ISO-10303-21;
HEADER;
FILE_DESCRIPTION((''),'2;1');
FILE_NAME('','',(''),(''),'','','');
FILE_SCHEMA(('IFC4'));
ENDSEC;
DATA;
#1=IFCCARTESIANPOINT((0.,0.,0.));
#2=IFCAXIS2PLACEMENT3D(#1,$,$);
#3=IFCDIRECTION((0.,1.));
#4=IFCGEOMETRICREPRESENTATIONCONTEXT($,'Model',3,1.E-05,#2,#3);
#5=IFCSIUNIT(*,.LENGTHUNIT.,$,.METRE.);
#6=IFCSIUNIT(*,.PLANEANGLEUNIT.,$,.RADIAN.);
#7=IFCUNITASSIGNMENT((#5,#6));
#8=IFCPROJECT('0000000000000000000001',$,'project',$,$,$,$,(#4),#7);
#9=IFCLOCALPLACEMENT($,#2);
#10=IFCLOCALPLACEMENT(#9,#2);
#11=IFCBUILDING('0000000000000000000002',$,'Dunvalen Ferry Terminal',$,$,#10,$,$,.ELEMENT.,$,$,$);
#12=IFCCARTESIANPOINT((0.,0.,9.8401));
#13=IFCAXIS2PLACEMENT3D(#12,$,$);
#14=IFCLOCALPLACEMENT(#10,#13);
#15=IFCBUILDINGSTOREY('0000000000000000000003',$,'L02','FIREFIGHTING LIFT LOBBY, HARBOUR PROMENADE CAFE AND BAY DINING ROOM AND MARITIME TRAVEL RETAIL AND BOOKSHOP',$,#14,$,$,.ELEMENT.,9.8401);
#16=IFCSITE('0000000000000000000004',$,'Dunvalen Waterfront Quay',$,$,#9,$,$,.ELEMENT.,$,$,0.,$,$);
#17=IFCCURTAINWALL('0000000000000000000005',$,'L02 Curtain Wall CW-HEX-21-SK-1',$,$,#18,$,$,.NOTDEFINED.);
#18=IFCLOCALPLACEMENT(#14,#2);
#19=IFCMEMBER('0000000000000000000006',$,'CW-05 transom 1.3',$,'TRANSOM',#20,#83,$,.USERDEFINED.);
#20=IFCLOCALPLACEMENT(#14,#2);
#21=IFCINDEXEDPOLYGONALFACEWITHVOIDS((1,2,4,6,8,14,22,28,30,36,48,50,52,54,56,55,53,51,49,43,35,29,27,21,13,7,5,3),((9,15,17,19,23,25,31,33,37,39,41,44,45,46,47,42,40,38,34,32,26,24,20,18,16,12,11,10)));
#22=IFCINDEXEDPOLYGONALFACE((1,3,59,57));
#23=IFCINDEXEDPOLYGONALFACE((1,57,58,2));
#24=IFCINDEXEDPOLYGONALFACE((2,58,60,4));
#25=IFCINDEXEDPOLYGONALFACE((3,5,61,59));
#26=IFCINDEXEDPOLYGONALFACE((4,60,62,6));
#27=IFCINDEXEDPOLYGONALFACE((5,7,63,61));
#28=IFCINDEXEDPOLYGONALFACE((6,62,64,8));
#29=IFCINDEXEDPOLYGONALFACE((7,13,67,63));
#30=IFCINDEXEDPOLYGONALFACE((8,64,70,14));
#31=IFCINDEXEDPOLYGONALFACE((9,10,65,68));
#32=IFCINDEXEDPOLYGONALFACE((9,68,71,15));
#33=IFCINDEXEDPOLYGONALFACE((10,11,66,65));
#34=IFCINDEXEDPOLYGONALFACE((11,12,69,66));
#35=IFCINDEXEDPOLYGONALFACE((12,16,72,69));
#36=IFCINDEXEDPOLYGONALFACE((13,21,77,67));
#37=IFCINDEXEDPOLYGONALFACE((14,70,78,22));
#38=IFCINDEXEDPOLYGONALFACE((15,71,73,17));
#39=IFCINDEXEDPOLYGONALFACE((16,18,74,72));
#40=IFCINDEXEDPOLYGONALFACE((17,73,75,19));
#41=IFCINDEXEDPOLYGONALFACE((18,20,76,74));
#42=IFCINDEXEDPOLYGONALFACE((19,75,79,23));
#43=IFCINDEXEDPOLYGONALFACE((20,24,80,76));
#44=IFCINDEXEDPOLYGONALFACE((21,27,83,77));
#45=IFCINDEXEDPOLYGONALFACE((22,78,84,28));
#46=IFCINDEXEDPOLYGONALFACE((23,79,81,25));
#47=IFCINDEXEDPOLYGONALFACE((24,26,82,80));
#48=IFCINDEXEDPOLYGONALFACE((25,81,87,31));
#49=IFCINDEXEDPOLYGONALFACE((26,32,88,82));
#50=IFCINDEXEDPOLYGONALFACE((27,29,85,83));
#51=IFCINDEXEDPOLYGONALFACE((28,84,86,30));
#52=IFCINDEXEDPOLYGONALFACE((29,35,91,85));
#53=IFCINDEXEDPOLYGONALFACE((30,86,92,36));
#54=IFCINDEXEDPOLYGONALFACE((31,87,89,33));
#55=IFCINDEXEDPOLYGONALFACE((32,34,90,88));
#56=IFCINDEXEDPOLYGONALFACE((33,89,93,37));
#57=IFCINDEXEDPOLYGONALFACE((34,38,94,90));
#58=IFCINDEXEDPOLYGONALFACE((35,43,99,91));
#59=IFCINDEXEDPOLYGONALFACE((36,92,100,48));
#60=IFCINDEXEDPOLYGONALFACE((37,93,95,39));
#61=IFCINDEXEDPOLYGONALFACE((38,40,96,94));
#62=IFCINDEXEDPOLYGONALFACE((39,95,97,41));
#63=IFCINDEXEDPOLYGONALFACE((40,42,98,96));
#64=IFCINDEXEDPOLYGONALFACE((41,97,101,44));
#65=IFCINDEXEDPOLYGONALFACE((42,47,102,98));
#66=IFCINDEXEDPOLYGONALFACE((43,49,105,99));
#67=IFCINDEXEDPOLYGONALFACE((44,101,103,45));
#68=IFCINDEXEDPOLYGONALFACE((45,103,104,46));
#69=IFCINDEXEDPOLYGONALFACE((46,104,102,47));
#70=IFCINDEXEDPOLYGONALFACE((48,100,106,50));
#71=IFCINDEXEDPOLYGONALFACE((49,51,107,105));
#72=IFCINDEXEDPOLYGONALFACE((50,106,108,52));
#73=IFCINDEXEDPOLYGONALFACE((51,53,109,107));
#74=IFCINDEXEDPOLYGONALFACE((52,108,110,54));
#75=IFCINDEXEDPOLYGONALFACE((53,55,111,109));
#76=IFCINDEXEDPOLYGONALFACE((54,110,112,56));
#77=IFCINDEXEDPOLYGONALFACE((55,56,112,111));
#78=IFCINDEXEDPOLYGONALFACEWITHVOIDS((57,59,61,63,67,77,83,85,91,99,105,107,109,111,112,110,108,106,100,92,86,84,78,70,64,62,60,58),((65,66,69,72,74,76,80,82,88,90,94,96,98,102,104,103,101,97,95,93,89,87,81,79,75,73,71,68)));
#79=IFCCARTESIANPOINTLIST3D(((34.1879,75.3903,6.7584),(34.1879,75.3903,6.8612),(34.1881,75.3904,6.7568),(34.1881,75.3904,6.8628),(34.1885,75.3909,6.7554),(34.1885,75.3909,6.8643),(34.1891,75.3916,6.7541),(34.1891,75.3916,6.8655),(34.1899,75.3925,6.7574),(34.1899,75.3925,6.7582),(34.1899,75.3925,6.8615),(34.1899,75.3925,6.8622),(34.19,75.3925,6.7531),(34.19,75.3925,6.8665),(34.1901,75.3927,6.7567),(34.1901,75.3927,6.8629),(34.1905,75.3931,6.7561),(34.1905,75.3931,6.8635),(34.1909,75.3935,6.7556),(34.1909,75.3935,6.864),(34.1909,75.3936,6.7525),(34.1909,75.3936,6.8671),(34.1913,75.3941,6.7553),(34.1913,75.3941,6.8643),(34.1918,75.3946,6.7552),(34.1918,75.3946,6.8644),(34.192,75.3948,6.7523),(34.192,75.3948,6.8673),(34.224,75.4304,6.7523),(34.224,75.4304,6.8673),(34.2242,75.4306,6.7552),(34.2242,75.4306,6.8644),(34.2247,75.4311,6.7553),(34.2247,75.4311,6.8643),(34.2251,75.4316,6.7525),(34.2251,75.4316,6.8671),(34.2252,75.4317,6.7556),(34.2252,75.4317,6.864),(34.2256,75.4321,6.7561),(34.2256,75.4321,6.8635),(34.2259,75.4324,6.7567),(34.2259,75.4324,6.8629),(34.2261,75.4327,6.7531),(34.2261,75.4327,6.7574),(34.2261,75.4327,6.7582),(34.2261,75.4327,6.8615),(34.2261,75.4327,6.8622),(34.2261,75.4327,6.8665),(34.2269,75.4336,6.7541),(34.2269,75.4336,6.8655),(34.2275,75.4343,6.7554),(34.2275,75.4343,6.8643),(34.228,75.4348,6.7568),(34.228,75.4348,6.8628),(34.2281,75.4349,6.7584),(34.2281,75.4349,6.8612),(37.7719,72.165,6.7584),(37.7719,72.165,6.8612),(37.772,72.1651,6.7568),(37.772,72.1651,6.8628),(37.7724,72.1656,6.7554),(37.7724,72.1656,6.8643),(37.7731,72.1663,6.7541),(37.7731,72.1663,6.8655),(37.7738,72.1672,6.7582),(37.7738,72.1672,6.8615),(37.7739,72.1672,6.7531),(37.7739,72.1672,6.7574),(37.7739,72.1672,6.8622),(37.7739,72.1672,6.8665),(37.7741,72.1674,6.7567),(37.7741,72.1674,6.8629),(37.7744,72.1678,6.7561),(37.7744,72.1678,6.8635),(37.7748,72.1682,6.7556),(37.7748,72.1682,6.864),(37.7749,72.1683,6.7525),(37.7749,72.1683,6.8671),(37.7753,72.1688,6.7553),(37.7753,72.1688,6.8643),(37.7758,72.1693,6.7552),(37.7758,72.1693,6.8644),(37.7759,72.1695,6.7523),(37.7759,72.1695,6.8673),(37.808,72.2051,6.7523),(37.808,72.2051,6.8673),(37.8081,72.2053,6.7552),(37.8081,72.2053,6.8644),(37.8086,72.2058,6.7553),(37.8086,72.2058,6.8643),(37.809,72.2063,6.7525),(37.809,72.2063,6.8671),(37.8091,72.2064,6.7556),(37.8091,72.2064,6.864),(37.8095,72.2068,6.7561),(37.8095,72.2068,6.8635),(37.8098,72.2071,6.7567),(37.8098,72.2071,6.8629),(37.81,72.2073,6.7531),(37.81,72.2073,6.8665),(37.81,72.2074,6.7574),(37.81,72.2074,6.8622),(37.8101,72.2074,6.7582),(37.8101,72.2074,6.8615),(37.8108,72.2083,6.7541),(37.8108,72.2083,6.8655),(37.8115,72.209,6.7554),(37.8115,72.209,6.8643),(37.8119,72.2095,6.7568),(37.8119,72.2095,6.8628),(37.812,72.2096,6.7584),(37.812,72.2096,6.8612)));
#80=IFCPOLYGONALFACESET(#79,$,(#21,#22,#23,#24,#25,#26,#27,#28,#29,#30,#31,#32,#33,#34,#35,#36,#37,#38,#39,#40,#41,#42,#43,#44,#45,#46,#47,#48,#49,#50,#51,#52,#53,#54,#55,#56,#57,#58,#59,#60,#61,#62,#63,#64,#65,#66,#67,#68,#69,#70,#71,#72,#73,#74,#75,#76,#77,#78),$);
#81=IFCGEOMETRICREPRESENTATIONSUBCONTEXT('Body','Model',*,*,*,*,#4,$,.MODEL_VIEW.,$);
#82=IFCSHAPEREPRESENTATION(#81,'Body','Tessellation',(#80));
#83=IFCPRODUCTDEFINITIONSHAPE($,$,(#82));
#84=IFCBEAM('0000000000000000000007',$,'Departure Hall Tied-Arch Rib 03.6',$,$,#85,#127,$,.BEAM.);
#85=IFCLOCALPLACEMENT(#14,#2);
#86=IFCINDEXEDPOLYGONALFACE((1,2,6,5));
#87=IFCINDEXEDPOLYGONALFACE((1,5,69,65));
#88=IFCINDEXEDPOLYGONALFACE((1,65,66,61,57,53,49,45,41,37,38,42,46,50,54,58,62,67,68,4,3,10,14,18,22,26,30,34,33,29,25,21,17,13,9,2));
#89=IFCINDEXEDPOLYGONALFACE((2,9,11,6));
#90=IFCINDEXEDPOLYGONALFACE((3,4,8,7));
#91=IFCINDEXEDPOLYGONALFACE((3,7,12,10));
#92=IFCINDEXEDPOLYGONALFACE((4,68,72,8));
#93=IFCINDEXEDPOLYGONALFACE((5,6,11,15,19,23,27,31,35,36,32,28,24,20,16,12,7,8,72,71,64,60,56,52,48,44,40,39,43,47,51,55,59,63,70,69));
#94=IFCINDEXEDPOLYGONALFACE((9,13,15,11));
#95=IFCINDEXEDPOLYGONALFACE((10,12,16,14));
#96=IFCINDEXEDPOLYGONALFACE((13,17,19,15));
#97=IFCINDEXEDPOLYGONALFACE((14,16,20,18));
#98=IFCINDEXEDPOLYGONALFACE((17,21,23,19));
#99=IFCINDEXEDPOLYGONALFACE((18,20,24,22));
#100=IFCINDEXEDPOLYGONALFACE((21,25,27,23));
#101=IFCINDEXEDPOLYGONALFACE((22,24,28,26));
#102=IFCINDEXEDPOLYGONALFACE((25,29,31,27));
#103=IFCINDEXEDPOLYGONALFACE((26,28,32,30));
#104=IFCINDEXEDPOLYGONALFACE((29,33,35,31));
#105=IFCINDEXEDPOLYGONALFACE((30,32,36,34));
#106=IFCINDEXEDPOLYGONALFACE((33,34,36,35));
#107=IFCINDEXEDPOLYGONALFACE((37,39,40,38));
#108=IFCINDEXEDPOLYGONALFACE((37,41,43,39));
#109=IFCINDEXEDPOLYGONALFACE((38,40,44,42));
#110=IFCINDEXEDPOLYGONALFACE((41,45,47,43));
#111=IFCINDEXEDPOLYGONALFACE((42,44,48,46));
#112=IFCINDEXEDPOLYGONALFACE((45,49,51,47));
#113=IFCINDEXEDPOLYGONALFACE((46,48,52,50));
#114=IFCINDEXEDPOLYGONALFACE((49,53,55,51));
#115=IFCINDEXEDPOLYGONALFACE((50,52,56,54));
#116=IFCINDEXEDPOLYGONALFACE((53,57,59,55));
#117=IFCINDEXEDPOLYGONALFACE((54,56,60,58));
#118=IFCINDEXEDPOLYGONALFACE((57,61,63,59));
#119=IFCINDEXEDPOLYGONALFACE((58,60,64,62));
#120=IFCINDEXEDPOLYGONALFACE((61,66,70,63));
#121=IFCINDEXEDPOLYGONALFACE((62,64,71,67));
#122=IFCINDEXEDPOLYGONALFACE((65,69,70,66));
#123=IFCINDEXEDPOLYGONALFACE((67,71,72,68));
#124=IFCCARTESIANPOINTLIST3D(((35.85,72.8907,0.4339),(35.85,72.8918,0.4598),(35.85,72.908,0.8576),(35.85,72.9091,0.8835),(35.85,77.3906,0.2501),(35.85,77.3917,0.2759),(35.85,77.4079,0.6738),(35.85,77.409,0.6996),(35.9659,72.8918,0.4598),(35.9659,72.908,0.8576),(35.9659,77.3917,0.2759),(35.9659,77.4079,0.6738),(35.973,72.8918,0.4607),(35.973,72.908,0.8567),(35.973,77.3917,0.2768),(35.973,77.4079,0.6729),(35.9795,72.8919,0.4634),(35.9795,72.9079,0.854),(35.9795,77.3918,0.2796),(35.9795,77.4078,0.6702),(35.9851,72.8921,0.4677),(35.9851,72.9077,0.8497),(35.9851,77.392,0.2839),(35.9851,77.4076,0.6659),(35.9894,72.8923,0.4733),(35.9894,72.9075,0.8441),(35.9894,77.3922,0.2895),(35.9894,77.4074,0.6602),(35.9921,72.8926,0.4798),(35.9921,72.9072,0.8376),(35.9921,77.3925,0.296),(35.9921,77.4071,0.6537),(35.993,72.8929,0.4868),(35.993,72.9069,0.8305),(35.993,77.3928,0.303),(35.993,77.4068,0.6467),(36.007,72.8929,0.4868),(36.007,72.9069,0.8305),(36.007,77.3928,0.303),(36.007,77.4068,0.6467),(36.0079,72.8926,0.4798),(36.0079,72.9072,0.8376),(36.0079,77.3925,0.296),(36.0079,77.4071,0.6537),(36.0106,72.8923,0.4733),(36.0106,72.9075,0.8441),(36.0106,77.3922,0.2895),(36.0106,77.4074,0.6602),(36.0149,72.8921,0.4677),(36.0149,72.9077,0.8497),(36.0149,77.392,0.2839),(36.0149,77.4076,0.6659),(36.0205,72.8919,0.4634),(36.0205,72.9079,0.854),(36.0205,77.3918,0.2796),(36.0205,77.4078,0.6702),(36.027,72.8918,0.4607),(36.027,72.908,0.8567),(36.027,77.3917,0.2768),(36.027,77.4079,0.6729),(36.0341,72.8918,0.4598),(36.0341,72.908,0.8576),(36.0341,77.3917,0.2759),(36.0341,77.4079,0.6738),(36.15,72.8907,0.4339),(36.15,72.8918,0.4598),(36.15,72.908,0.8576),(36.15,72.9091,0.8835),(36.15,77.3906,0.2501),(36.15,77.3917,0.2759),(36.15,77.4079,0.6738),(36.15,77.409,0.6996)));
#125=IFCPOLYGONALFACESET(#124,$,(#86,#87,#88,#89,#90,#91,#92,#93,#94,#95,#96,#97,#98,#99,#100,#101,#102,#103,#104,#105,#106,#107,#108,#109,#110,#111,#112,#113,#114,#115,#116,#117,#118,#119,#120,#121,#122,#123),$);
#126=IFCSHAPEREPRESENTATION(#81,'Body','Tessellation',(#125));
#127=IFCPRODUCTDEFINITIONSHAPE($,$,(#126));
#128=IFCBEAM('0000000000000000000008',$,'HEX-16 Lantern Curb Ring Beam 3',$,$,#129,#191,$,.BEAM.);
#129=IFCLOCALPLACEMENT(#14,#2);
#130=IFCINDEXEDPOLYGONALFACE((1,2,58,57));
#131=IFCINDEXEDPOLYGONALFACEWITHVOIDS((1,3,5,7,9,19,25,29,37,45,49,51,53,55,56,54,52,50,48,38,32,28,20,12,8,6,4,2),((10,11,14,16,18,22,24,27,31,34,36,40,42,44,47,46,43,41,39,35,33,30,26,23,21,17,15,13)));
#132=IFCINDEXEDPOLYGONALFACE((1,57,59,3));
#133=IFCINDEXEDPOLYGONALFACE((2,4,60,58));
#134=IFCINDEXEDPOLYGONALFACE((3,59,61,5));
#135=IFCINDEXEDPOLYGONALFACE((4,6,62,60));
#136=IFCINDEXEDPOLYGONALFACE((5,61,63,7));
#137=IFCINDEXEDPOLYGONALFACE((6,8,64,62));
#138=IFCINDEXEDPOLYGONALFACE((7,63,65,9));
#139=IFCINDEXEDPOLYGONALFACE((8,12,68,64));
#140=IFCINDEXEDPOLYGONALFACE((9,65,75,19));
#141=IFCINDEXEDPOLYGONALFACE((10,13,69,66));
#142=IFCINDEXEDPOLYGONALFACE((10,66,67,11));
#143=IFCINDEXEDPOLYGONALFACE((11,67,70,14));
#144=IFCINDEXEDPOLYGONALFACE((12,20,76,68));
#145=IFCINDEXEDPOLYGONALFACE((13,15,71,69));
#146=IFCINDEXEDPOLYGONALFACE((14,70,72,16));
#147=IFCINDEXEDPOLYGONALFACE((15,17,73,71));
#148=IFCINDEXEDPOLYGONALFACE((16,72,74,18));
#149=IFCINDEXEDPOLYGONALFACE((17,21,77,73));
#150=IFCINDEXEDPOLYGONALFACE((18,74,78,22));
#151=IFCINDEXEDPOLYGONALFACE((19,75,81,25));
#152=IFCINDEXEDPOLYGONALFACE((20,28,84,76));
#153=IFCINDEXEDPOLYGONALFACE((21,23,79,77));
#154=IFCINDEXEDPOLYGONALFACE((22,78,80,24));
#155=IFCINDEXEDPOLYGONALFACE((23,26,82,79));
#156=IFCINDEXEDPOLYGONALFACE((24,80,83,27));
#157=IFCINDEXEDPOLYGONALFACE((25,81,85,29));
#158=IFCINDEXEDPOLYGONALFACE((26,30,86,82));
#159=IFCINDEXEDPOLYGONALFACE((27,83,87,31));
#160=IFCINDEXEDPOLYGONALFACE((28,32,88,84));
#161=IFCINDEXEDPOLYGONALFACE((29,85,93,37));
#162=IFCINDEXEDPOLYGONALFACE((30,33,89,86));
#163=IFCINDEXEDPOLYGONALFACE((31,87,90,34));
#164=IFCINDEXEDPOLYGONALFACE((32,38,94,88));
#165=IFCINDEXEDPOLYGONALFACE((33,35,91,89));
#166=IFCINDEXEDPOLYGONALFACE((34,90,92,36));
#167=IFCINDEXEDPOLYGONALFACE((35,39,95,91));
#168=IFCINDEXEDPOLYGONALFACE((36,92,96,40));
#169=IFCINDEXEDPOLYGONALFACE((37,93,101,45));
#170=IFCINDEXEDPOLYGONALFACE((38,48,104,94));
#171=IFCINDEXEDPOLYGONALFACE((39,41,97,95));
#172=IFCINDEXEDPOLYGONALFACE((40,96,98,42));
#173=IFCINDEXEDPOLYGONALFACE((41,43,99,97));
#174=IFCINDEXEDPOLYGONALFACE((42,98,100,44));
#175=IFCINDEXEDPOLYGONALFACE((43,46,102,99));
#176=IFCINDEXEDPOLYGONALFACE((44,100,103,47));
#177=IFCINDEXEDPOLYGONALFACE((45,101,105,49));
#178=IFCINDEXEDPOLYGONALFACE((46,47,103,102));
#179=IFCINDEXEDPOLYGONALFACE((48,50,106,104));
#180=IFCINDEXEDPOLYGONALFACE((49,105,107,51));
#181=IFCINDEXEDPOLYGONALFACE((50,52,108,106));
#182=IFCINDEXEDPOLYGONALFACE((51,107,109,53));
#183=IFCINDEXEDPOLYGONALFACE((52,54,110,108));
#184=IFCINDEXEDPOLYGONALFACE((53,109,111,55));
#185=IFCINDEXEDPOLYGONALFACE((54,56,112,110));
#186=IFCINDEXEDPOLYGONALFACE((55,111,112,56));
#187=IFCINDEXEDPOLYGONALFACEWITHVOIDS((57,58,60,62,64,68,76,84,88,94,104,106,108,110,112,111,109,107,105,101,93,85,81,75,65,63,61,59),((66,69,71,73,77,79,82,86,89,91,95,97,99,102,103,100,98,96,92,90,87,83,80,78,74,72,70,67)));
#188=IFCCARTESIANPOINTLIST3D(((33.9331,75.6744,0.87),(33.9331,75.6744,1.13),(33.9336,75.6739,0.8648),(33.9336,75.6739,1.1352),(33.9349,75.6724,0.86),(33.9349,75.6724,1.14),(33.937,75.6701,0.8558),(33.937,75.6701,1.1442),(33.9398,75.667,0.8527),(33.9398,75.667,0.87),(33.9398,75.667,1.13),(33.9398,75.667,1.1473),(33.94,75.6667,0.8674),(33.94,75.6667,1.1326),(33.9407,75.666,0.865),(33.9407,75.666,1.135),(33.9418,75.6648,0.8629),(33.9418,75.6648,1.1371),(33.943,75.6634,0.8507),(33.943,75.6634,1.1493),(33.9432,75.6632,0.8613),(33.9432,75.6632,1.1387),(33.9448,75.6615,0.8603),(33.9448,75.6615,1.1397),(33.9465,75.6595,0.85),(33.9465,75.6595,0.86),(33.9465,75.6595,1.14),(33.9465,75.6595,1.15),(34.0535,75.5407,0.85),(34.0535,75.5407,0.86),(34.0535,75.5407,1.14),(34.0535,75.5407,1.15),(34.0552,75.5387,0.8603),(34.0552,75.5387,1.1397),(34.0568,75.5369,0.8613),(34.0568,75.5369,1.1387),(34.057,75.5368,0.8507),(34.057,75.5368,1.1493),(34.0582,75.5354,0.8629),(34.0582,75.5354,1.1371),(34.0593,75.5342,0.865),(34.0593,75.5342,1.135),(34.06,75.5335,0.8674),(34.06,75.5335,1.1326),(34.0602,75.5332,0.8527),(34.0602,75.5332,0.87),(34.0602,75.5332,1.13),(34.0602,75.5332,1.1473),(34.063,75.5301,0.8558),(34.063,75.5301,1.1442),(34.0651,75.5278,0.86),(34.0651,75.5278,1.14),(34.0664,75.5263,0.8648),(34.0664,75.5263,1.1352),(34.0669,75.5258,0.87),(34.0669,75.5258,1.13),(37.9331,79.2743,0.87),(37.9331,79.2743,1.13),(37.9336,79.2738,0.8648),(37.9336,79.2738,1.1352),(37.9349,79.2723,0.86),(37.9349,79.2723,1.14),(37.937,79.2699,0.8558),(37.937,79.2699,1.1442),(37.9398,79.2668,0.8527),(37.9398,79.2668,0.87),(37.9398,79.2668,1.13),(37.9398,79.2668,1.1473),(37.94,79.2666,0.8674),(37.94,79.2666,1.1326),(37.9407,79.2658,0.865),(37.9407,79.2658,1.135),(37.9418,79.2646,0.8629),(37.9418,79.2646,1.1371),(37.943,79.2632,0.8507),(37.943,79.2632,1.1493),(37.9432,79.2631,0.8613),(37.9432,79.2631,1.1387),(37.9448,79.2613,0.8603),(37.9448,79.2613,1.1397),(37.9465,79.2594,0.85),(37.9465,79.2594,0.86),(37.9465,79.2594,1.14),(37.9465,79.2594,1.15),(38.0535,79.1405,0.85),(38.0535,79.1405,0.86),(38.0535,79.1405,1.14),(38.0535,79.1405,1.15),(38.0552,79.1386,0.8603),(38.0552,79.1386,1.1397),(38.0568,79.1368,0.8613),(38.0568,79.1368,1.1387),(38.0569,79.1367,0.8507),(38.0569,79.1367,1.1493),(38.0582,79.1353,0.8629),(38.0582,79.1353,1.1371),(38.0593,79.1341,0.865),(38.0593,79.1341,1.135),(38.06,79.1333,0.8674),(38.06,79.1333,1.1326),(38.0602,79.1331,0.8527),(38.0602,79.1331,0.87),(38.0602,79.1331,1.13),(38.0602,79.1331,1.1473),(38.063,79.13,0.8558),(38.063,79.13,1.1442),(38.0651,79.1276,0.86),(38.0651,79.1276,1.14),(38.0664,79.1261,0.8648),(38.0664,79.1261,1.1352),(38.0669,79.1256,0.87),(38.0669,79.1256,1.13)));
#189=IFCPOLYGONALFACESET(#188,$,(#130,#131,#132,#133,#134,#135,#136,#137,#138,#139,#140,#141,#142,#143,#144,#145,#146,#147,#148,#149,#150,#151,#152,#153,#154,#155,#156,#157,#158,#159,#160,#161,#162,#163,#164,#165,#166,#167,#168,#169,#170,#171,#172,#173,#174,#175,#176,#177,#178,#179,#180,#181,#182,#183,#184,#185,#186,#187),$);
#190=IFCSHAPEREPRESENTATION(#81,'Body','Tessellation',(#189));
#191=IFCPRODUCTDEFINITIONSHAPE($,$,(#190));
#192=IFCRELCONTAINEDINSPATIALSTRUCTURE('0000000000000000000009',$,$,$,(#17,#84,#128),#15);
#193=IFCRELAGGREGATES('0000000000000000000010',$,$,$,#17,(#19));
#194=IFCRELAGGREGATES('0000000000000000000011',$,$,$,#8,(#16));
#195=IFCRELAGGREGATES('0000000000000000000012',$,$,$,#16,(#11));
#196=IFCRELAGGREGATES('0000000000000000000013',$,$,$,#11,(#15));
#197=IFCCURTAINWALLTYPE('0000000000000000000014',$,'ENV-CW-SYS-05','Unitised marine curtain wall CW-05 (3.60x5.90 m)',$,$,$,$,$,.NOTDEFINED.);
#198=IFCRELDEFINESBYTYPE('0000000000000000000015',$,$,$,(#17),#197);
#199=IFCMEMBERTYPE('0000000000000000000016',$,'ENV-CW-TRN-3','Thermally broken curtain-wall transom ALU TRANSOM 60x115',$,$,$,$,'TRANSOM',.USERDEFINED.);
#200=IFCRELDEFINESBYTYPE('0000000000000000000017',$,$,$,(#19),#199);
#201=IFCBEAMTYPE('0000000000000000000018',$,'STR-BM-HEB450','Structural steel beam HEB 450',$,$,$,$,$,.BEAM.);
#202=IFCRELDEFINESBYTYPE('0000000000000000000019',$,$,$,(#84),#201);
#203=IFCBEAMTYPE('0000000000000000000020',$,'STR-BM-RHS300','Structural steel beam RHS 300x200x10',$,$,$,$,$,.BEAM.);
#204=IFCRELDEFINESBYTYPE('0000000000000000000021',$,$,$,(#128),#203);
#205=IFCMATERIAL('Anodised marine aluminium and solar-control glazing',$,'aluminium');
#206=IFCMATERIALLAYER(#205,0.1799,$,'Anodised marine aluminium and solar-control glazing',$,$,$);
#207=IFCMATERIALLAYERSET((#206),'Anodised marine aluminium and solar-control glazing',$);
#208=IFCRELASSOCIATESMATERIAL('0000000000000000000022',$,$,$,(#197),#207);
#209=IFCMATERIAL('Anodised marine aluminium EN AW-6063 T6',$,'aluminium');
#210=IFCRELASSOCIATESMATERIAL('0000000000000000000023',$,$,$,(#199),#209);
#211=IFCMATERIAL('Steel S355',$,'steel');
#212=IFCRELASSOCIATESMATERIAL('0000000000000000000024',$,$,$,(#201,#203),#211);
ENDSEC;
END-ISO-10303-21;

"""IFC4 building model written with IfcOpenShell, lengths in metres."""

from ifc_helpers import new_model, si_unit, direction, frame, origin, origin_2d, place, context, subcontext, project, spatial, hollow_rectangle, i_section, extrude, material, layer, layer_set, material_profile, profile_set, type_object, element, aggregate, save


model = new_model("IFC4")

# Units and contexts
model_context = context("Model", 3, precision=1e-05, world=origin(), true_north=direction((0.0, 1.0)))
body_context = subcontext(model_context, "Body", "Model", "MODEL_VIEW")
ifc_project = project(units=[si_unit("LENGTHUNIT", "METRE"), si_unit("PLANEANGLEUNIT", "RADIAN")], contexts=[model_context])

# Site, building, storey
site_placement = place(None, origin())
site = spatial("IfcSite", under=ifc_project, at=site_placement, Name="Dunvalen Waterfront Quay", CompositionType="ELEMENT", RefElevation=0.0)
building_placement = place(site_placement, origin())
building = spatial("IfcBuilding", under=site, at=building_placement, Name="Dunvalen Ferry Terminal", CompositionType="ELEMENT")
storey_placement = place(building_placement, frame((0.0, 0.0, 9.8401)))
storey = spatial("IfcBuildingStorey", under=building, at=storey_placement, Name="L02", Description="FIREFIGHTING LIFT LOBBY, HARBOUR PROMENADE CAFE AND BAY DINING ROOM AND MARITIME TRAVEL RETAIL AND BOOKSHOP", CompositionType="ELEMENT", Elevation=9.8401)

# Curtain wall, member
ifc_material_1 = material(Name="Anodised marine aluminium and solar-control glazing", Category="aluminium")
ifc_layer_1 = layer(ifc_material_1, 0.1799, Name="Anodised marine aluminium and solar-control glazing")
ifc_layer_set_1 = layer_set([ifc_layer_1], Name="Anodised marine aluminium and solar-control glazing")
curtain_wall_type = type_object("IfcCurtainWallType", Name="ENV-CW-SYS-05", Description="Unitised marine curtain wall CW-05 (3.60x5.90 m)", PredefinedType="NOTDEFINED", material=ifc_layer_set_1)
curtain_wall_placement = place(storey_placement, origin())
curtain_wall = element("IfcCurtainWall", 1, at=curtain_wall_placement, inside=storey, type_object=curtain_wall_type, Name="L02 Curtain Wall CW-HEX-21-SK-1", PredefinedType="NOTDEFINED")
ifc_material_2 = material(Name="Anodised marine aluminium EN AW-6063 T6", Category="aluminium")
ifc_material_profile_1 = material_profile(ifc_material_2, hollow_rectangle(XDim=0.0601, YDim=0.115, WallThickness=0.0029, InnerFilletRadius=0.0029, OuterFilletRadius=0.0061, at=origin_2d()), Name="Anodised marine aluminium EN AW-6063 T6")
ifc_profile_set_1 = profile_set([ifc_material_profile_1], Name="Anodised marine aluminium EN AW-6063 T6")
member_type_1 = type_object("IfcMemberType", Name="ENV-CW-TRN-3", Description="Thermally broken curtain-wall transom ALU TRANSOM 60x115", ElementType="TRANSOM", PredefinedType="USERDEFINED", material=ifc_profile_set_1)
member_1_placement = place(storey_placement, frame((34.208, 75.4126, 6.8098), z_axis=(0.743319, -0.668937, 0.0), x_axis=(0.668937, 0.743319, 0.0)))
member_1 = element("IfcMember", 2, at=member_1_placement, type_object=member_type_1, Name="CW-05 transom 1.3", ObjectType="TRANSOM", PredefinedType="USERDEFINED", context=body_context, shape_type="SweptSolid", body=[
    extrude(hollow_rectangle(XDim=0.0601, YDim=0.115, WallThickness=0.0029, InnerFilletRadius=0.0029, OuterFilletRadius=0.0061, at=origin_2d()), origin(), (0.0, 0.0, 1.0), 4.8215),
])

# Beams
ifc_material_3 = material(Name="Steel S355", Category="steel")
ifc_material_profile_2 = material_profile(ifc_material_3, i_section(OverallWidth=0.3, OverallDepth=0.45, WebThickness=0.0139, FlangeThickness=0.0259, FilletRadius=0.0271, at=origin_2d()), Name="Steel S355")
ifc_profile_set_2 = profile_set([ifc_material_profile_2], Name="Steel S355")
beam_type_1 = type_object("IfcBeamType", Name="STR-BM-HEB450", Description="Structural steel beam HEB 450", PredefinedType="BEAM", material=ifc_profile_set_2)
beam_1_placement = place(storey_placement, frame((36.0, 72.8999, 0.6587), z_axis=(0.0, 0.999167, -0.040819), x_axis=(-1.0, 0.0, 0.0)))
element("IfcBeam", 3, at=beam_1_placement, inside=storey, type_object=beam_type_1, Name="Departure Hall Tied-Arch Rib 03.6", PredefinedType="BEAM", context=body_context, shape_type="SweptSolid", body=[
    extrude(i_section(OverallWidth=0.3, OverallDepth=0.45, WebThickness=0.0139, FlangeThickness=0.0259, FilletRadius=0.0271, at=origin_2d()), origin(), (0.0, 0.0, 1.0), 4.5037),
])
ifc_material_profile_3 = material_profile(ifc_material_3, hollow_rectangle(XDim=0.2, YDim=0.3, WallThickness=0.01, InnerFilletRadius=0.01, OuterFilletRadius=0.02, at=origin_2d()), Name="Steel S355")
ifc_profile_set_3 = profile_set([ifc_material_profile_3], Name="Steel S355")
beam_type_2 = type_object("IfcBeamType", Name="STR-BM-RHS300", Description="Structural steel beam RHS 300x200x10", PredefinedType="BEAM", material=ifc_profile_set_3)
beam_2_placement = place(storey_placement, frame((34.0, 75.6001, 1.0), z_axis=(0.743308, 0.66895, 0.0), x_axis=(-0.66895, 0.743308, 0.0)))
element("IfcBeam", 4, at=beam_2_placement, inside=storey, type_object=beam_type_2, Name="HEX-16 Lantern Curb Ring Beam 3", PredefinedType="BEAM", context=body_context, shape_type="SweptSolid", body=[
    extrude(hollow_rectangle(XDim=0.2, YDim=0.3, WallThickness=0.01, InnerFilletRadius=0.01, OuterFilletRadius=0.02, at=origin_2d()), origin(), (0.0, 0.0, 1.0), 5.3813),
])

aggregate(curtain_wall, [member_1])

save(model, "model.ifc")
